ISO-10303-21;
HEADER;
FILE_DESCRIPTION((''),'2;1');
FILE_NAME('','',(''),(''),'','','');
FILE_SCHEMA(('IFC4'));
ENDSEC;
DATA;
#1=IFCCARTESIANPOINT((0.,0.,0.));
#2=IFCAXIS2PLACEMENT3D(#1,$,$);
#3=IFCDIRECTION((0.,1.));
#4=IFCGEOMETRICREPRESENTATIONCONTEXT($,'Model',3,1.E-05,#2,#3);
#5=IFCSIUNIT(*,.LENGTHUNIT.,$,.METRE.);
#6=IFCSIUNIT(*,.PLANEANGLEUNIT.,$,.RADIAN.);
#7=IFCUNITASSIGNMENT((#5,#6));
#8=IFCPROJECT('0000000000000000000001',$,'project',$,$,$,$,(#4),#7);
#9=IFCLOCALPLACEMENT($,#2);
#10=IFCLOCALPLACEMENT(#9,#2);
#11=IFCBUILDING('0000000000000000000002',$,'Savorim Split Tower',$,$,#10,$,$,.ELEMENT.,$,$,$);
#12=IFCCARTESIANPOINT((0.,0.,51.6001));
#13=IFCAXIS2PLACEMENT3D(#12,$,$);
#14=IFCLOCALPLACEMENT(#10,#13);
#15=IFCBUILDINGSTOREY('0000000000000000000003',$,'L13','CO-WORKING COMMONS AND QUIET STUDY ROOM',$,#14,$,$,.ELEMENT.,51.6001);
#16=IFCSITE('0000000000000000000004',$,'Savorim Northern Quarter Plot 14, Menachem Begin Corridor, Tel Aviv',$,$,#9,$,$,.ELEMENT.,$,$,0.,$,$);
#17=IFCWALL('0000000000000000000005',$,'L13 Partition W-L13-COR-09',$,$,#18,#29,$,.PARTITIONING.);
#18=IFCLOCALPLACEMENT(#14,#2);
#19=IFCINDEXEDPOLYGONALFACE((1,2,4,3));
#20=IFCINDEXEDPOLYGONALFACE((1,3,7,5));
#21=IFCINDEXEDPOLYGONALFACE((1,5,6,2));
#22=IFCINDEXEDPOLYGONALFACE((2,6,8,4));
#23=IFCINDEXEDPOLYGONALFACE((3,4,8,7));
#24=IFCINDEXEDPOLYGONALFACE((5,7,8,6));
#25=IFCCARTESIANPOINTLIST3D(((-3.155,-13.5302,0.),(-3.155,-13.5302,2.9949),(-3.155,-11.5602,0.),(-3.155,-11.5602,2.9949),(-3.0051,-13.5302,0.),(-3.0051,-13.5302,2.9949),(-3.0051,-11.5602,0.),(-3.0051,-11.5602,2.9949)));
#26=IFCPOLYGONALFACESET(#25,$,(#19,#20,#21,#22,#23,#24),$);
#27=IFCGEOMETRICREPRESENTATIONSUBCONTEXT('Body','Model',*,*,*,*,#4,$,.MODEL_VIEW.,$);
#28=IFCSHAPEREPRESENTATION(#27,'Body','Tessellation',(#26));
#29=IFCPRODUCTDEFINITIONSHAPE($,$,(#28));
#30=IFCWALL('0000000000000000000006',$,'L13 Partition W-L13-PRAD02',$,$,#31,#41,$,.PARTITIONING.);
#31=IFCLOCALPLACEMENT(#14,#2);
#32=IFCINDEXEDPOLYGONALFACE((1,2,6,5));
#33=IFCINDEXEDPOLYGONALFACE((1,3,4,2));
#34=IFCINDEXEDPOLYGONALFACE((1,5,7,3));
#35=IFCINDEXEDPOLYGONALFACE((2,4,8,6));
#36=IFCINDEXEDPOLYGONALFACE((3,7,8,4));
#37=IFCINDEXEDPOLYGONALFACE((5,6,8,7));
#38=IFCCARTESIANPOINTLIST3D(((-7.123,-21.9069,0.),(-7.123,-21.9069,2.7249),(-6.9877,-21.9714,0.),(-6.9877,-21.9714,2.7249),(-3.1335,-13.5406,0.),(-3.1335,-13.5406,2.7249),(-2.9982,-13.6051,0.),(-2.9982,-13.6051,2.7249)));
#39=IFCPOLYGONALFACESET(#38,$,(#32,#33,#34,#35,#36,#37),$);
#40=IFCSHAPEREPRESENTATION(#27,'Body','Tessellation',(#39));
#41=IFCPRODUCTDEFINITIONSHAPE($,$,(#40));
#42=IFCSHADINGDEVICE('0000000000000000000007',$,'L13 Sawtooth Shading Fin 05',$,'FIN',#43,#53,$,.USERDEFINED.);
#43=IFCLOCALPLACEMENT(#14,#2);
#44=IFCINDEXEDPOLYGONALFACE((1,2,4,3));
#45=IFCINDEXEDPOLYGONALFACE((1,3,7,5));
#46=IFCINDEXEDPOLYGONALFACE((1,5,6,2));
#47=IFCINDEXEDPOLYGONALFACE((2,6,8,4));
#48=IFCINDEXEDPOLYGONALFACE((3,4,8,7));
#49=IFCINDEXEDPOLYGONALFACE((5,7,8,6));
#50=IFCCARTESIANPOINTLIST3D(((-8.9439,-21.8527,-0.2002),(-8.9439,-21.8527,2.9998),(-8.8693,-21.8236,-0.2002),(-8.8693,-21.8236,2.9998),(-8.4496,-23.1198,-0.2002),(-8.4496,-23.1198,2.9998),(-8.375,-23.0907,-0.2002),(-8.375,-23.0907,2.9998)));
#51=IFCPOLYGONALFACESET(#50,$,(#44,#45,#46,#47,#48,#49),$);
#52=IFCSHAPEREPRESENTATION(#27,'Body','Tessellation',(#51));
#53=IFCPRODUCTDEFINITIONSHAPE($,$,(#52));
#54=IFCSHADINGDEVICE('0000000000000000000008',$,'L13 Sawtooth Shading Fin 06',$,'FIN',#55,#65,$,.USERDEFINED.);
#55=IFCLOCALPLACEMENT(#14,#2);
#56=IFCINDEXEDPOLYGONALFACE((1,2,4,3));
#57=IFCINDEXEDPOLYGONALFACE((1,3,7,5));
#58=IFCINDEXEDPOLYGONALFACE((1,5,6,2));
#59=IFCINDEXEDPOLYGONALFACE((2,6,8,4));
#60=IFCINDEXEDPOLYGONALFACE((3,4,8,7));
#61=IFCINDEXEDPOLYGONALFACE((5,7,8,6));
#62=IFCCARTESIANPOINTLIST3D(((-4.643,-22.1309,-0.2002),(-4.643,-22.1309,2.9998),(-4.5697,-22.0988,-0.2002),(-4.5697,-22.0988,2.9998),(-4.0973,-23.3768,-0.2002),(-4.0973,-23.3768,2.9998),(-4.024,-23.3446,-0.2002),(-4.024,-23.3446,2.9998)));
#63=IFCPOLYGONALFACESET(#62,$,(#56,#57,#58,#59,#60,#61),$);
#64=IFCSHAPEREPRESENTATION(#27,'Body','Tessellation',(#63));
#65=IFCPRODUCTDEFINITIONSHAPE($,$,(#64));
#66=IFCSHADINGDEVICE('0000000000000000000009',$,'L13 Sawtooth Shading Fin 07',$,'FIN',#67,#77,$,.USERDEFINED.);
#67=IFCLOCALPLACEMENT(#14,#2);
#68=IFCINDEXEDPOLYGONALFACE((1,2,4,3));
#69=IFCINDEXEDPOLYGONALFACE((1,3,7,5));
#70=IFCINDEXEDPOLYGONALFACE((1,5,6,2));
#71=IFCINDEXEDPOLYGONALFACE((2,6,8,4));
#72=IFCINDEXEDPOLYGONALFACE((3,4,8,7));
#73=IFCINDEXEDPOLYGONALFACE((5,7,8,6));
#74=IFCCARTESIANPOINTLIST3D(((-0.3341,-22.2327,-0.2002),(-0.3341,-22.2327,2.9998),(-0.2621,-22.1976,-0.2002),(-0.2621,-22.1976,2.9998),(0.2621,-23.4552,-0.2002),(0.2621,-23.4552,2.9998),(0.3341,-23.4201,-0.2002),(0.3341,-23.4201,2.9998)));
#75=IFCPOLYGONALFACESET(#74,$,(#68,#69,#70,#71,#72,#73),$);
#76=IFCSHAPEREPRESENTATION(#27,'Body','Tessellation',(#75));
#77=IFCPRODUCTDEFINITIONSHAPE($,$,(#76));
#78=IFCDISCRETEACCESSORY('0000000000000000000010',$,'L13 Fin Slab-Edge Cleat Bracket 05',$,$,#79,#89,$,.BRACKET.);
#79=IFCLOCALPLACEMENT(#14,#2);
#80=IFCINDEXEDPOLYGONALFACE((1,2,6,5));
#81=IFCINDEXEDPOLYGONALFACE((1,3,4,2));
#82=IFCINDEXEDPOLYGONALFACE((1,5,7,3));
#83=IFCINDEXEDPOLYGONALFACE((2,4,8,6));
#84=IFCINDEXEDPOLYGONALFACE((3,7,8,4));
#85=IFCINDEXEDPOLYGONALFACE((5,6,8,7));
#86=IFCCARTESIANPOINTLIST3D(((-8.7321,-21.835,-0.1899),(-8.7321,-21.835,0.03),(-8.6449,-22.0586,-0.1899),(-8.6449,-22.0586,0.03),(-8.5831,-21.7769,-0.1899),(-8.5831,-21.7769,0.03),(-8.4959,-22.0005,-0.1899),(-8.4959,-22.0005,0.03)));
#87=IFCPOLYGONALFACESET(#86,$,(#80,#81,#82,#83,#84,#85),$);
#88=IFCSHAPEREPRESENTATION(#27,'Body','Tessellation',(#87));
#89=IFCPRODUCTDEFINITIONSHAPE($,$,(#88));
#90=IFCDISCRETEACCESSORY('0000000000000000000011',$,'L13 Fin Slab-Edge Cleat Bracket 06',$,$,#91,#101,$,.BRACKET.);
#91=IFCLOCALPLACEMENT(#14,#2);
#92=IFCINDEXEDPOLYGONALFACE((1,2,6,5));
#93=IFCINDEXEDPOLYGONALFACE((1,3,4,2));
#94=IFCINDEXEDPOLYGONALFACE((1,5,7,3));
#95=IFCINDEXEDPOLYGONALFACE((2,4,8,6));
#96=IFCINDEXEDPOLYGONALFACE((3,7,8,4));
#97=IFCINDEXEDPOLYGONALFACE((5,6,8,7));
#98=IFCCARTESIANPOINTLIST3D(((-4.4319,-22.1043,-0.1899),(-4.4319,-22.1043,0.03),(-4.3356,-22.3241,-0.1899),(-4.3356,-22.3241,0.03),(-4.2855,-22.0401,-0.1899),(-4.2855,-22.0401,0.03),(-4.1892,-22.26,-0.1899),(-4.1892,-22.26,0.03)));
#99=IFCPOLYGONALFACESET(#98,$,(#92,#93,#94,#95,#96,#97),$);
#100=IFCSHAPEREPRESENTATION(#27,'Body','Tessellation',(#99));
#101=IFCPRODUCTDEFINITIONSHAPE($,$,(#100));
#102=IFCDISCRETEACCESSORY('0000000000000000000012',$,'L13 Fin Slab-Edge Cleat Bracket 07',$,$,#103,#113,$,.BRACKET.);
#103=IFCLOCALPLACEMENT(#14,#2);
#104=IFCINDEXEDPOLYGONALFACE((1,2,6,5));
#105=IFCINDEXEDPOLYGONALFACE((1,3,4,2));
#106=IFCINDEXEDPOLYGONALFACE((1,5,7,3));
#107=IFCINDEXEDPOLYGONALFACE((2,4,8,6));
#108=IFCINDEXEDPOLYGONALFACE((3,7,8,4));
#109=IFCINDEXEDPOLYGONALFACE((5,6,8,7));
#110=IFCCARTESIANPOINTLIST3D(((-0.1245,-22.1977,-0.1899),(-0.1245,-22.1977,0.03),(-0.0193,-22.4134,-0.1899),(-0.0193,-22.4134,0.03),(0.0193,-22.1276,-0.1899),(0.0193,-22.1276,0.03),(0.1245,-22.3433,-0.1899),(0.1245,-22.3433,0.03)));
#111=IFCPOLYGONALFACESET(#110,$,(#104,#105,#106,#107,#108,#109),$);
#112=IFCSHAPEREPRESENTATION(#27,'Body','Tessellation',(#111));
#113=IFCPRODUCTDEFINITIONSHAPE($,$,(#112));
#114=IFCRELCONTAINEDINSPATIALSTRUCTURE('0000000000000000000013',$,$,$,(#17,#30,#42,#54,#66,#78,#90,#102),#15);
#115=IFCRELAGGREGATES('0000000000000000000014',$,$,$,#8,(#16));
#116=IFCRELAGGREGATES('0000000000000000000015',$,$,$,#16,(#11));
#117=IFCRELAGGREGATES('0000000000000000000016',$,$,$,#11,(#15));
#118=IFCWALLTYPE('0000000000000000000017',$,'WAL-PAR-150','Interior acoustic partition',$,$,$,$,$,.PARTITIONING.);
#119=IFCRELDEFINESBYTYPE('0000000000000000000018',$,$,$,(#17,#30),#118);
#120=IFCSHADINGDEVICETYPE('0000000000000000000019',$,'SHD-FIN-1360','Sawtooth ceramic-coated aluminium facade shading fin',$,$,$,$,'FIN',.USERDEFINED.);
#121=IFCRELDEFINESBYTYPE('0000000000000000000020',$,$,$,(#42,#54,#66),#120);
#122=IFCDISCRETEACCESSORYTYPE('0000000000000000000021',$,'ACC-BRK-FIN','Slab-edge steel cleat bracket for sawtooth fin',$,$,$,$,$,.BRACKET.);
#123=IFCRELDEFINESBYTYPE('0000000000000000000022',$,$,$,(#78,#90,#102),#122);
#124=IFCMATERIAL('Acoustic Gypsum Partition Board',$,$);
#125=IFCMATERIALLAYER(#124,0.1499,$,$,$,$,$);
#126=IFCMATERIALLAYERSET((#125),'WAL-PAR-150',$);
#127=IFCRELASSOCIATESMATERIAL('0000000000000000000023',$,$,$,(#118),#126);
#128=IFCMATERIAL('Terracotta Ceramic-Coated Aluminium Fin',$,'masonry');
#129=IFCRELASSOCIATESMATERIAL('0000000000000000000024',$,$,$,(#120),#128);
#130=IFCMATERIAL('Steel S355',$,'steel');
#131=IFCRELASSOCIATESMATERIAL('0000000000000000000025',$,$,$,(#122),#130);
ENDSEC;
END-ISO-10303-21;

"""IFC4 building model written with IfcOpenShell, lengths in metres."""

from ifc_helpers import new_model, si_unit, direction, frame, frame_2d, origin, origin_2d, place, context, subcontext, project, spatial, rectangle, extrude, material, layer, layer_set, type_object, element, save


model = new_model("IFC4")

# Units and contexts
model_context = context("Model", 3, precision=1e-05, world=origin(), true_north=direction((0.0, 1.0)))
body_context = subcontext(model_context, "Body", "Model", "MODEL_VIEW")
ifc_project = project(units=[si_unit("LENGTHUNIT", "METRE"), si_unit("PLANEANGLEUNIT", "RADIAN")], contexts=[model_context])

# Site, building, storey
site_placement = place(None, origin())
site = spatial("IfcSite", under=ifc_project, at=site_placement, Name="Savorim Northern Quarter Plot 14, Menachem Begin Corridor, Tel Aviv", CompositionType="ELEMENT", RefElevation=0.0)
building_placement = place(site_placement, origin())
building = spatial("IfcBuilding", under=site, at=building_placement, Name="Savorim Split Tower", CompositionType="ELEMENT")
storey_placement = place(building_placement, frame((0.0, 0.0, 51.6001)))
storey = spatial("IfcBuildingStorey", under=building, at=storey_placement, Name="L13", Description="CO-WORKING COMMONS AND QUIET STUDY ROOM", CompositionType="ELEMENT", Elevation=51.6001)

# Shared definitions
ifc_material_1 = material(Name="Steel S355", Category="steel")

# Walls
ifc_material_2 = material(Name="Acoustic Gypsum Partition Board")
ifc_layer_1 = layer(ifc_material_2, 0.1499)
ifc_layer_set_1 = layer_set([ifc_layer_1], Name="WAL-PAR-150")
wall_type = type_object("IfcWallType", Name="WAL-PAR-150", Description="Interior acoustic partition", PredefinedType="PARTITIONING", material=ifc_layer_set_1)
wall_1_placement = place(storey_placement, frame((-3.0801, -13.53, 0.0), z_axis=(0.0, 0.0, 1.0), x_axis=(0.0, 1.0, 0.0)))
element("IfcWall", 1, at=wall_1_placement, inside=storey, type_object=wall_type, Name="L13 Partition W-L13-COR-09", PredefinedType="PARTITIONING", context=body_context, shape_type="SweptSolid", body=[
    extrude(rectangle(XDim=1.97, YDim=0.1499, at=frame_2d((0.9849, 0.0))), origin(), (0.0, 0.0, 1.0), 2.9949),
])
wall_2_placement = place(storey_placement, frame((-3.0659, -13.573, 0.0), z_axis=(0.0, 0.0, 1.0), x_axis=(-0.430425, -0.902626, 0.0)))
element("IfcWall", 2, at=wall_2_placement, inside=storey, type_object=wall_type, Name="L13 Partition W-L13-PRAD02", PredefinedType="PARTITIONING", context=body_context, shape_type="SweptSolid", body=[
    extrude(rectangle(XDim=9.2688, YDim=0.1499, at=frame_2d((4.6343, 0.0))), origin(), (0.0, 0.0, 1.0), 2.7249),
])

# Shading devices
ifc_material_3 = material(Name="Terracotta Ceramic-Coated Aluminium Fin", Category="masonry")
shading_device_type = type_object("IfcShadingDeviceType", Name="SHD-FIN-1360", Description="Sawtooth ceramic-coated aluminium facade shading fin", ElementType="FIN", PredefinedType="USERDEFINED", material=ifc_material_3)
for number, where, z_axis, x_axis, name in (
    (3, (-8.6594, -22.4717, -0.2002), (0.0, 0.0, 1.0), (0.363415, -0.931627, 0.0), "L13 Sawtooth Shading Fin 05"),
    (4, (-4.3335, -22.7378, -0.2002), (0.0, 0.0, 1.0), (0.40123, -0.915977, 0.0), "L13 Sawtooth Shading Fin 06"),
    (5, (0.0, -22.8264, -0.2002), (0.0, 0.0, 1.0), (0.438371, -0.898794, 0.0), "L13 Sawtooth Shading Fin 07"),
):
    element("IfcShadingDevice", number, at=place(storey_placement, frame(where, z_axis=z_axis, x_axis=x_axis)), inside=storey, type_object=shading_device_type, Name=name, ObjectType="FIN", PredefinedType="USERDEFINED", context=body_context, shape_type="SweptSolid", body=[
        extrude(rectangle(XDim=1.3601, YDim=0.0801, at=origin_2d()), origin(), (0.0, 0.0, 1.0), 3.2),
    ])

# Discrete accessories
discrete_accessory_type = type_object("IfcDiscreteAccessoryType", Name="ACC-BRK-FIN", Description="Slab-edge steel cleat bracket for sawtooth fin", PredefinedType="BRACKET", material=ifc_material_1)
for number, where, z_axis, x_axis, name in (
    (6, (-8.614, -21.9177, -0.1899), (0.0, 0.0, 1.0), (0.363415, -0.931627, 0.0), "L13 Fin Slab-Edge Cleat Bracket 05"),
    (7, (-4.3105, -22.1821, -0.1899), (0.0, 0.0, 1.0), (0.40123, -0.915977, 0.0), "L13 Fin Slab-Edge Cleat Bracket 06"),
    (8, (0.0, -22.2705, -0.1899), (0.0, 0.0, 1.0), (0.438371, -0.898794, 0.0), "L13 Fin Slab-Edge Cleat Bracket 07"),
):
    element("IfcDiscreteAccessory", number, at=place(storey_placement, frame(where, z_axis=z_axis, x_axis=x_axis)), inside=storey, type_object=discrete_accessory_type, Name=name, PredefinedType="BRACKET", context=body_context, shape_type="SweptSolid", body=[
        extrude(rectangle(XDim=0.24, YDim=0.1599, at=origin_2d()), origin(), (0.0, 0.0, 1.0), 0.22),
    ])

save(model, "model.ifc")
